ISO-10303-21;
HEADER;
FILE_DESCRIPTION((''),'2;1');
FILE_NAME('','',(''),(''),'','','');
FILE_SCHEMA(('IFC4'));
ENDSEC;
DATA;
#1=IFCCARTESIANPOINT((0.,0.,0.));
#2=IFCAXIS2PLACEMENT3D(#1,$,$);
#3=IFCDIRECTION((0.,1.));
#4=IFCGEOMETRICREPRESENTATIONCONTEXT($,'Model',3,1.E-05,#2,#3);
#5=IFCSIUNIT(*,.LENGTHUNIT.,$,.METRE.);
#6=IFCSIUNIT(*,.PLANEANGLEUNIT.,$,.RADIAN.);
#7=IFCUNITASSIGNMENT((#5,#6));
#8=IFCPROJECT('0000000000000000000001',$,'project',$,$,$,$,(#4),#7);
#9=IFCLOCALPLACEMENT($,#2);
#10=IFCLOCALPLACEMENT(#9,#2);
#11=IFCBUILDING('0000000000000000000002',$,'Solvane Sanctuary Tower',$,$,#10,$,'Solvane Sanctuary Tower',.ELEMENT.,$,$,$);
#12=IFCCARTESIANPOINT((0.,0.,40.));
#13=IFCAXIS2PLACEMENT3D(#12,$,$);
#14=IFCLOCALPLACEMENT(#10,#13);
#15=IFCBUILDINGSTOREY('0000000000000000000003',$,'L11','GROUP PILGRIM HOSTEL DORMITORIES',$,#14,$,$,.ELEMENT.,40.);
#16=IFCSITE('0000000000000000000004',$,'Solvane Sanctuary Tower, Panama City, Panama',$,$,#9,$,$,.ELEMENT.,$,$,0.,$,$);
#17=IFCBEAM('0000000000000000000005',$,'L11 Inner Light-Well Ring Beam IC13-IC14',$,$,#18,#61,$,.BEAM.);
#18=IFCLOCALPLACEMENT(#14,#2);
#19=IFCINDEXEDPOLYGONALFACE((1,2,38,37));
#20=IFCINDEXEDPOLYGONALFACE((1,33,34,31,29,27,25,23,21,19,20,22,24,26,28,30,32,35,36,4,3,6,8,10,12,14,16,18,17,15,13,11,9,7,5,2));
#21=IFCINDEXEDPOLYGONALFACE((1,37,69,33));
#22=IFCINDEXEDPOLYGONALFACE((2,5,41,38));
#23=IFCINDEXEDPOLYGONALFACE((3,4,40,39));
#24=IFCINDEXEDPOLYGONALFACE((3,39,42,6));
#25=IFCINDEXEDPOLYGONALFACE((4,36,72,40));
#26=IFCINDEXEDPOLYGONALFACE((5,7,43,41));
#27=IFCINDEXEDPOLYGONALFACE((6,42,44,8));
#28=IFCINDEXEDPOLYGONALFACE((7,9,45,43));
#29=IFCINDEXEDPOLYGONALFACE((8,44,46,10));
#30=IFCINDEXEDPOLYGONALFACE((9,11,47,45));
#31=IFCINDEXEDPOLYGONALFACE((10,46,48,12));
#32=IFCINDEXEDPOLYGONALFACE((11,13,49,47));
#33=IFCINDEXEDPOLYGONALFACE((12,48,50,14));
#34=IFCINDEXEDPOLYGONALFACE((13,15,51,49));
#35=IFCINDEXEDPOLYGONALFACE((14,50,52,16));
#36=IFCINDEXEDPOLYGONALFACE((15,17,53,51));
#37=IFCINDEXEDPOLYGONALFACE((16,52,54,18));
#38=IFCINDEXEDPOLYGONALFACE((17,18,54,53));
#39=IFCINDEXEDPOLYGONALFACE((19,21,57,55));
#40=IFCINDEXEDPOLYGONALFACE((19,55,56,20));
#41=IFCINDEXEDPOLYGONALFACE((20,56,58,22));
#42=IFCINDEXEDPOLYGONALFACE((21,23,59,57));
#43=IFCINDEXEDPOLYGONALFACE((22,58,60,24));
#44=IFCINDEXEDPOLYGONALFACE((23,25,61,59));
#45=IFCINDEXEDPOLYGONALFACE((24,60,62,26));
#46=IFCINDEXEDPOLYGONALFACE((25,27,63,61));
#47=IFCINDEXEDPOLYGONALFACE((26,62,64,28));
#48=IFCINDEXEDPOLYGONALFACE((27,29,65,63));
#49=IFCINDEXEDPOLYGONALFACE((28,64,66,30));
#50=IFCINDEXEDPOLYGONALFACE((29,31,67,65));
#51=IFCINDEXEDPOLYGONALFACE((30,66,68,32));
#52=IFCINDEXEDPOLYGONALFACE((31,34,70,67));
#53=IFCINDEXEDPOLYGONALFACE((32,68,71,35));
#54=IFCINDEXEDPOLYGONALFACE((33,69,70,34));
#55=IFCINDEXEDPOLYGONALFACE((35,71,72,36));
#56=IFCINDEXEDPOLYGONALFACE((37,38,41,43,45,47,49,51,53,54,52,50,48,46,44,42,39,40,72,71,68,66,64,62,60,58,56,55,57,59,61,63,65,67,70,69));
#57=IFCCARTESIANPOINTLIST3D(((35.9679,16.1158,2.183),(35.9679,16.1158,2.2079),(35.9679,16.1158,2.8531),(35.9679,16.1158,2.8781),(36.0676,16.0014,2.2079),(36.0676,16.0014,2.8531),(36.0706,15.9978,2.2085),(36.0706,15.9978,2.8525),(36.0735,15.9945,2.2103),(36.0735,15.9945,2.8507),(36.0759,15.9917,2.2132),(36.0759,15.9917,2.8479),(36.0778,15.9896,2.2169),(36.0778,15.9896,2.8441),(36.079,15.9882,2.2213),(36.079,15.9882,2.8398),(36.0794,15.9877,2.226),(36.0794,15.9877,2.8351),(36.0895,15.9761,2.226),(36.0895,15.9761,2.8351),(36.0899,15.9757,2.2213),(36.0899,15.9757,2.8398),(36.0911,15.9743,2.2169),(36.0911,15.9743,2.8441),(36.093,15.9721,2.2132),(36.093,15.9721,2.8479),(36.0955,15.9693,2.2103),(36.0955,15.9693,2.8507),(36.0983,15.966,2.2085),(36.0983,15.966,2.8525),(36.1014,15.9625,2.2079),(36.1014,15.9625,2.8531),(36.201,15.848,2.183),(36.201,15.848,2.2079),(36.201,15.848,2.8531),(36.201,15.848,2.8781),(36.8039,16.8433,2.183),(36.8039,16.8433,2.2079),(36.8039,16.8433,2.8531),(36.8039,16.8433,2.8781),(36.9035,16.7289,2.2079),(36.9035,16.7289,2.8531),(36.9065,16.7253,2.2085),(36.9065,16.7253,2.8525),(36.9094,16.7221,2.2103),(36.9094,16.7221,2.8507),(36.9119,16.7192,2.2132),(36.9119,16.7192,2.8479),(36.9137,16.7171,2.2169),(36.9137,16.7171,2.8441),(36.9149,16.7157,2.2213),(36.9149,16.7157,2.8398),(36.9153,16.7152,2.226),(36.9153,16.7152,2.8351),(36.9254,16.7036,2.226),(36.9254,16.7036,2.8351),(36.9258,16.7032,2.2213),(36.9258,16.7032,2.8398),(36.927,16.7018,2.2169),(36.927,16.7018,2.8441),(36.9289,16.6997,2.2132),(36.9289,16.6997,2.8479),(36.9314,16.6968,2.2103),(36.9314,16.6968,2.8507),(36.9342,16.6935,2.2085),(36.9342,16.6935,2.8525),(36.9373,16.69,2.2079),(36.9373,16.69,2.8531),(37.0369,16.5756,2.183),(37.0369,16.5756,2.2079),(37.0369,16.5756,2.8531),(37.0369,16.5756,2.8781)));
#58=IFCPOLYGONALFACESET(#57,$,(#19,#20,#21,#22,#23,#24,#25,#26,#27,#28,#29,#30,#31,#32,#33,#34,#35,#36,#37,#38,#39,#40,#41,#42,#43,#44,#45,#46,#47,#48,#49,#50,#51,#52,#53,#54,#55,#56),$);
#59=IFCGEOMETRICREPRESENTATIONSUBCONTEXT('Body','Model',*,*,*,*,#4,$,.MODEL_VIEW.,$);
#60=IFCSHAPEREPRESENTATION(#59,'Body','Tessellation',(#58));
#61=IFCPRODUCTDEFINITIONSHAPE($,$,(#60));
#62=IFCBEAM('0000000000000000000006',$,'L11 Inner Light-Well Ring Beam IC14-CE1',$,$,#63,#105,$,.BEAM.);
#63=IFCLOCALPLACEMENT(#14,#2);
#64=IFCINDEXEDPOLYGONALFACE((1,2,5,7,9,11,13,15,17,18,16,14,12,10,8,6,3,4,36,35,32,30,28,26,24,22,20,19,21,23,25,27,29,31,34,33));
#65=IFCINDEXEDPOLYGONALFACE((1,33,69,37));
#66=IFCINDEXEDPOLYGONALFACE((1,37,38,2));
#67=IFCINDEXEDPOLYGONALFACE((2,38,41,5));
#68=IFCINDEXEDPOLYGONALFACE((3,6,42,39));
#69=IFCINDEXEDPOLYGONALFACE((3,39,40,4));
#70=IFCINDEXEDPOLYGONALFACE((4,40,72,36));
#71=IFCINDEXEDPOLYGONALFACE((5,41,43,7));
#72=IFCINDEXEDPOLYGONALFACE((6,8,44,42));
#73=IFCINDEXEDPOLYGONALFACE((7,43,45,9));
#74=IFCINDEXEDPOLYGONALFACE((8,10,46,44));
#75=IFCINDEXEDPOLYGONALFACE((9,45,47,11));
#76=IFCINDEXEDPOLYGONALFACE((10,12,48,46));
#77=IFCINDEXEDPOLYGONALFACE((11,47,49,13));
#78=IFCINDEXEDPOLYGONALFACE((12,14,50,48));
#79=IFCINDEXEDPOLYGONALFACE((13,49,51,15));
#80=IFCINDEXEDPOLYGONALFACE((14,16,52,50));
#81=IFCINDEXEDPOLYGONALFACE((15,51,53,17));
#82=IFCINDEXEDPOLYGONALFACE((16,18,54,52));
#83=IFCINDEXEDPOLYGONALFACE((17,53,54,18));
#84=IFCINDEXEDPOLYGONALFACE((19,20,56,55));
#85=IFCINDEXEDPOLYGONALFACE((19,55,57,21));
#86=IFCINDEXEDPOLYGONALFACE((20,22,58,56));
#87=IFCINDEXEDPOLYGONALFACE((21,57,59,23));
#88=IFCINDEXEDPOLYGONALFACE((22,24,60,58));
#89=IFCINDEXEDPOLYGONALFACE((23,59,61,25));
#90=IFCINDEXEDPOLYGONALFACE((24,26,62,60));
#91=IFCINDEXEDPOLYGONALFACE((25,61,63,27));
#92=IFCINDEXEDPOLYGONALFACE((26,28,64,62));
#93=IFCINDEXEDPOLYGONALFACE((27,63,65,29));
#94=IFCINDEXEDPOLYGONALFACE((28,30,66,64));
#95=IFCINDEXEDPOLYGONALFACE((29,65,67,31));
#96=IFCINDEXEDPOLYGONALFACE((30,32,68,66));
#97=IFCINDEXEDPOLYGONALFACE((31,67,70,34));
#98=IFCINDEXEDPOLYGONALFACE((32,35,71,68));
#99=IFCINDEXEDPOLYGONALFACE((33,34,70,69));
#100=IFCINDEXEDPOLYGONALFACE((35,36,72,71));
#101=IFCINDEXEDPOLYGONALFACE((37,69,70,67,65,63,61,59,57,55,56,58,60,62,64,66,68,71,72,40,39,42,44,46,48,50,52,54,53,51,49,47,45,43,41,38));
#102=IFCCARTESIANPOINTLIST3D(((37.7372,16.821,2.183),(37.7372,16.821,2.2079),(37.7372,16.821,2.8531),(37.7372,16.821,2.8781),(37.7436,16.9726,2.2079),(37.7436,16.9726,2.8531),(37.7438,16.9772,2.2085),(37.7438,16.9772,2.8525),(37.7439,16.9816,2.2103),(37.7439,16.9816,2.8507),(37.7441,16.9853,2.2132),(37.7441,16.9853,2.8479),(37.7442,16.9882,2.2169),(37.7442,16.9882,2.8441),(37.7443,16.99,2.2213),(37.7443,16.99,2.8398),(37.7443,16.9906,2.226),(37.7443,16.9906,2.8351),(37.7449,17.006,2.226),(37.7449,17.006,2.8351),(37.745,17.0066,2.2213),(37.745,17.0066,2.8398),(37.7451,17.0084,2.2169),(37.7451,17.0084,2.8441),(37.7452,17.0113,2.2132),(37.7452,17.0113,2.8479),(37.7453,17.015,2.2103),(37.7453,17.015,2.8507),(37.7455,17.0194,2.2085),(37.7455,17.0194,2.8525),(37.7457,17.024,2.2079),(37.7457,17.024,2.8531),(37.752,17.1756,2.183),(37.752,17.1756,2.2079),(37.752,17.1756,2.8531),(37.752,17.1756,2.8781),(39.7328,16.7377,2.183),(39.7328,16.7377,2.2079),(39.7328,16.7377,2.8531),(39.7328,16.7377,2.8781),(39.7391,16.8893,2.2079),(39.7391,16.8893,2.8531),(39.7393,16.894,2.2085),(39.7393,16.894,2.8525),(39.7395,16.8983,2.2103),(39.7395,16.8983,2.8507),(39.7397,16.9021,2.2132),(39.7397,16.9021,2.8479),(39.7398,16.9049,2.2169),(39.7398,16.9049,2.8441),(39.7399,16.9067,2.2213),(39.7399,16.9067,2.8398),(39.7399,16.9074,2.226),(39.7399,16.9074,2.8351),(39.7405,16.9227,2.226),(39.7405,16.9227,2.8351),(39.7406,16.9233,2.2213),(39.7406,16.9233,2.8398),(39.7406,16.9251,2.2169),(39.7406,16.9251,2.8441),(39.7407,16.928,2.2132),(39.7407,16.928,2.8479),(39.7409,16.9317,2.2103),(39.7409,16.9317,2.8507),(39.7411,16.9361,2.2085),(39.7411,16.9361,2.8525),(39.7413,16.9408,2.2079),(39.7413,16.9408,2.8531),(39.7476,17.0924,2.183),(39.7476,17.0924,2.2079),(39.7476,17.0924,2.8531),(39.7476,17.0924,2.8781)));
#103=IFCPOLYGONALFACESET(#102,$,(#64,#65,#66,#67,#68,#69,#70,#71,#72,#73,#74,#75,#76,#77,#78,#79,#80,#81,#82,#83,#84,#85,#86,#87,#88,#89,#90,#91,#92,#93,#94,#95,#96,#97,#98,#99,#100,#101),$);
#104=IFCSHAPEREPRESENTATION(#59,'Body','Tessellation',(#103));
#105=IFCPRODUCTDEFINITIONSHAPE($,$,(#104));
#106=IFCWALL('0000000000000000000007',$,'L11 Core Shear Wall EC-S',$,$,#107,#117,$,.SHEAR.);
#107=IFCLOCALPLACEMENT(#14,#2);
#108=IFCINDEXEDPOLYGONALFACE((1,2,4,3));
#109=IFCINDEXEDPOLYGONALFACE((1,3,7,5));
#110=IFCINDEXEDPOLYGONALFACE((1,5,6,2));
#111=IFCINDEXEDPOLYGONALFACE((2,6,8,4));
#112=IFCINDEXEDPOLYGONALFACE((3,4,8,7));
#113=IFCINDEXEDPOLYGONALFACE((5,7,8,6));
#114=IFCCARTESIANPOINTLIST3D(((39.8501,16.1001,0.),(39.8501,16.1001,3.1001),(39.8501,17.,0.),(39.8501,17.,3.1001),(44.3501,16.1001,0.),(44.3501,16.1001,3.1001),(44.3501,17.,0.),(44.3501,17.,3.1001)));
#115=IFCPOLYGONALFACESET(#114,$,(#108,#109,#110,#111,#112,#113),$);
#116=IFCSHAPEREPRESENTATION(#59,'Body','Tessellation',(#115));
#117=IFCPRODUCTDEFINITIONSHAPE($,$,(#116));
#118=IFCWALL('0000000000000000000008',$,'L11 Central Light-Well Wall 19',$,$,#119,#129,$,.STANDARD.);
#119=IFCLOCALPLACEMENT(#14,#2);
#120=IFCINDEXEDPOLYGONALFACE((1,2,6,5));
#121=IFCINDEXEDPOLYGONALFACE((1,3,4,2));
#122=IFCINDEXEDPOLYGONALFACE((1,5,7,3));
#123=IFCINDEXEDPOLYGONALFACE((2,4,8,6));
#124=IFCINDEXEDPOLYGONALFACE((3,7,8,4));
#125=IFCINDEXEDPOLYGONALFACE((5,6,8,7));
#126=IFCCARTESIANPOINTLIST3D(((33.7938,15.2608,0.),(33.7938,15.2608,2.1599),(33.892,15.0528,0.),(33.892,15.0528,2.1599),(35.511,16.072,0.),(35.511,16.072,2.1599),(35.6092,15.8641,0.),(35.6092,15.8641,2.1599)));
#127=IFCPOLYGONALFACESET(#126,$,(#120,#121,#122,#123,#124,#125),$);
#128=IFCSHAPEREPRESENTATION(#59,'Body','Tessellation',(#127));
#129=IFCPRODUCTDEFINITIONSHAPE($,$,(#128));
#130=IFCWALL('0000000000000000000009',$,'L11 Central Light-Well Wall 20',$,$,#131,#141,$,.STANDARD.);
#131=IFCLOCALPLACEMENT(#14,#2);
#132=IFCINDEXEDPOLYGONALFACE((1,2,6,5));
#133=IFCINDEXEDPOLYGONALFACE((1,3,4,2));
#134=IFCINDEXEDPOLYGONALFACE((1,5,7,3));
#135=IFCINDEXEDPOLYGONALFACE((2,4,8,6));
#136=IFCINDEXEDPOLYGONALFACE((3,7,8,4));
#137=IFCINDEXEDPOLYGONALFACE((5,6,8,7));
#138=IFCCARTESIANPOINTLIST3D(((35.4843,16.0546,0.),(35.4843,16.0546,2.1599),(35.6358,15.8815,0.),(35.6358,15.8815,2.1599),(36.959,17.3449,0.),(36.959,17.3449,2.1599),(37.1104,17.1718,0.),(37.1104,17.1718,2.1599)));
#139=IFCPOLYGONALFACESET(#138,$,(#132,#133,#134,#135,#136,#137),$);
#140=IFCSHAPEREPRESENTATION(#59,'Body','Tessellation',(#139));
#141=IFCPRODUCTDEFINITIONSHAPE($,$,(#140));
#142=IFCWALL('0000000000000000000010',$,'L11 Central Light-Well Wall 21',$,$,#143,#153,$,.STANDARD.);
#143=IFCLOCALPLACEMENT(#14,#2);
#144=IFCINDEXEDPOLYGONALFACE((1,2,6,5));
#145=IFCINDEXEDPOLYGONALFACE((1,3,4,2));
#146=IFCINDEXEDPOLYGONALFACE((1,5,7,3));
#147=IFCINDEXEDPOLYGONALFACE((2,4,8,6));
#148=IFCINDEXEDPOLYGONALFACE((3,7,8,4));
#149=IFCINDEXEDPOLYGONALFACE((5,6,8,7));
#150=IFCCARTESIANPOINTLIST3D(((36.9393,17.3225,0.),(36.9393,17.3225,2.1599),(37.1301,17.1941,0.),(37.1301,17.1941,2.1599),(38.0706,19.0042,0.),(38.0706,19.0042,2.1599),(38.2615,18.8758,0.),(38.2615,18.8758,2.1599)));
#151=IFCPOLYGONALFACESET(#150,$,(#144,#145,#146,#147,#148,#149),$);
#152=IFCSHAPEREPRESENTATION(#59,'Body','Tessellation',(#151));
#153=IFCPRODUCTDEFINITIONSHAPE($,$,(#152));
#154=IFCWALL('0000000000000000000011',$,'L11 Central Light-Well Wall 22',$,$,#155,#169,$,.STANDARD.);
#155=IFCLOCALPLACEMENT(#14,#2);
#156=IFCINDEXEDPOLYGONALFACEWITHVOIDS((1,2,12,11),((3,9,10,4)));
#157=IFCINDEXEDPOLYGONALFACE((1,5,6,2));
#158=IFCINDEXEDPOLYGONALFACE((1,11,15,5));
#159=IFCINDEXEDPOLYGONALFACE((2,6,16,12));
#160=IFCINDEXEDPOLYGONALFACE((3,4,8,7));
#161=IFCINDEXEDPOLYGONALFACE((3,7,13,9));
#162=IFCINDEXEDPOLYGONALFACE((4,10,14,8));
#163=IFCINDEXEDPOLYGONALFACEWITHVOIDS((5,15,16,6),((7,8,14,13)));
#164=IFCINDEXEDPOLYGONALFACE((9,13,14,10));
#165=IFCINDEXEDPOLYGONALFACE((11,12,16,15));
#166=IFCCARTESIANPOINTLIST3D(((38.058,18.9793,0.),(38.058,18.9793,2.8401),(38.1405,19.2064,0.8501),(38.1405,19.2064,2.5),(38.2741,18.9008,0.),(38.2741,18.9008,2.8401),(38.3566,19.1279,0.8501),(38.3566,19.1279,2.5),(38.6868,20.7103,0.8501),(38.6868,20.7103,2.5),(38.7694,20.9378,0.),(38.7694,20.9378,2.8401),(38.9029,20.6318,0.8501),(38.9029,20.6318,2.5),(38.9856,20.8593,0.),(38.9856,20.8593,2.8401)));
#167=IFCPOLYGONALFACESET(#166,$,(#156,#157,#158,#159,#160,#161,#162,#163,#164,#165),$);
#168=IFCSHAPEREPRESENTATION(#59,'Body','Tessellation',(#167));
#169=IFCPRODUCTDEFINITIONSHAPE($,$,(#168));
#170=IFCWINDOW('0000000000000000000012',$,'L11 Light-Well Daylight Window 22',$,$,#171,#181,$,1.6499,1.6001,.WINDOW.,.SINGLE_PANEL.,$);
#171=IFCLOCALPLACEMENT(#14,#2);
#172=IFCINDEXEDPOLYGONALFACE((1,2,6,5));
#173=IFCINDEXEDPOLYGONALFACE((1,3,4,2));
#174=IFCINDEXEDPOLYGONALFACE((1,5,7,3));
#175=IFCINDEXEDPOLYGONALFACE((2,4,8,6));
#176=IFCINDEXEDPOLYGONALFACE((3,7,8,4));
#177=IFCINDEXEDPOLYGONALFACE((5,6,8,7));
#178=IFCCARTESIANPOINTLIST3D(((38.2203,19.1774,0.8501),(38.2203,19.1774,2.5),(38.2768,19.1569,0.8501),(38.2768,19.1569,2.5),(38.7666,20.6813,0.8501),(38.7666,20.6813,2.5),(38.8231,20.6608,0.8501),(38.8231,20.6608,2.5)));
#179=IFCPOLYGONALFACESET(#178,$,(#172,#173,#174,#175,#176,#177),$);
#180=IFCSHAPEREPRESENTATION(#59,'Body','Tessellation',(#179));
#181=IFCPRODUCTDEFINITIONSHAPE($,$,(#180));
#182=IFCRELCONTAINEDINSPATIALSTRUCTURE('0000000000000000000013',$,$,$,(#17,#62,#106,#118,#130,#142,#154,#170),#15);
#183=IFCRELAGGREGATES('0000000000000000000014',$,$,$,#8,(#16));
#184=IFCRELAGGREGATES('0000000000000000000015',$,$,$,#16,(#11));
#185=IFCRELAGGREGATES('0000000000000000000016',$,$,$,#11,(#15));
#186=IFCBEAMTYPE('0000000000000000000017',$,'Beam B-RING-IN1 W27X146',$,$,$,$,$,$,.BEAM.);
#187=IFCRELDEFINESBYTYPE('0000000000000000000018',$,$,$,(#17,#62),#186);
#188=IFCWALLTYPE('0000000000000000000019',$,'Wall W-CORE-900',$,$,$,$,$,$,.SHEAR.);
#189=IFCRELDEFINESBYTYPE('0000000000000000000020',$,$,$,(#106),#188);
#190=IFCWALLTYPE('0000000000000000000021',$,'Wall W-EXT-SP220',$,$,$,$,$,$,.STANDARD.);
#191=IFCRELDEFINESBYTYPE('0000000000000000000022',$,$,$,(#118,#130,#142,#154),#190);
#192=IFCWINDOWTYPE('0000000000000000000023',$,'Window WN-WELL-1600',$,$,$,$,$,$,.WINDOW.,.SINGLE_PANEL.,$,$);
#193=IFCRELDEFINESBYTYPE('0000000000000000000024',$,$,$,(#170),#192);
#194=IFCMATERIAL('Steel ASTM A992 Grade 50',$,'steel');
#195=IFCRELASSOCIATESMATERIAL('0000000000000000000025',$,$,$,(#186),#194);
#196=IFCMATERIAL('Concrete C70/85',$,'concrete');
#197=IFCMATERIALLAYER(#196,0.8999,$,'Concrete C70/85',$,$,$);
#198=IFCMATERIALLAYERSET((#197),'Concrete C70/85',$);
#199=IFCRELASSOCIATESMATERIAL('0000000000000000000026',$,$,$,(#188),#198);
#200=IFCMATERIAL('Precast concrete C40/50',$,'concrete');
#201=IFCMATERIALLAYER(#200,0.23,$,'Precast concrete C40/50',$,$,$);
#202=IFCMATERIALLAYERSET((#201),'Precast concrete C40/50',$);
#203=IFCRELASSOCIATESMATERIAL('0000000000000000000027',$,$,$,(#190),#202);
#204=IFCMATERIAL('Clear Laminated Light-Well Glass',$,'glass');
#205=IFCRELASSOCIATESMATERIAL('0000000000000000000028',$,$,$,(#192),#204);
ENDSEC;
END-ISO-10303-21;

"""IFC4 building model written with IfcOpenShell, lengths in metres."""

from ifc_helpers import new_model, si_unit, direction, frame, frame_2d, origin, origin_2d, place, context, subcontext, project, spatial, rectangle, i_section, extrude, material, layer, layer_set, material_profile, profile_set, type_object, element, fill, save


model = new_model("IFC4")

# Units and contexts
model_context = context("Model", 3, precision=1e-05, world=origin(), true_north=direction((0.0, 1.0)))
body_context = subcontext(model_context, "Body", "Model", "MODEL_VIEW")
ifc_project = project(units=[si_unit("LENGTHUNIT", "METRE"), si_unit("PLANEANGLEUNIT", "RADIAN")], contexts=[model_context])

# Site, building, storey
site_placement = place(None, origin())
site = spatial("IfcSite", under=ifc_project, at=site_placement, Name="Solvane Sanctuary Tower, Panama City, Panama", CompositionType="ELEMENT", RefElevation=0.0)
building_placement = place(site_placement, origin())
building = spatial("IfcBuilding", under=site, at=building_placement, Name="Solvane Sanctuary Tower", LongName="Solvane Sanctuary Tower", CompositionType="ELEMENT")
storey_placement = place(building_placement, frame((0.0, 0.0, 40.0)))
storey = spatial("IfcBuildingStorey", under=building, at=storey_placement, Name="L11", Description="GROUP PILGRIM HOSTEL DORMITORIES", CompositionType="ELEMENT", Elevation=40.0)

# Shared definitions
ifc_material_1 = material(Name="Concrete C70/85", Category="concrete")

# Beams
ifc_material_2 = material(Name="Steel ASTM A992 Grade 50", Category="steel")
ifc_material_profile_1 = material_profile(ifc_material_2, i_section(OverallWidth=0.355, OverallDepth=0.6951, WebThickness=0.0154, FlangeThickness=0.0249, FilletRadius=0.0181, at=origin_2d()), Name="W27X146")
ifc_profile_set_1 = profile_set([ifc_material_profile_1], Name="Steel ASTM A992 Grade 50")
beam_type_1 = type_object("IfcBeamType", Name="Beam B-RING-IN1 W27X146", PredefinedType="BEAM", material=ifc_profile_set_1)
beam_1_placement = place(storey_placement, frame((36.0845, 15.9819, 2.5305), z_axis=(0.754321, 0.656506, 0.0), x_axis=(-0.656506, 0.754321, 0.0)))
element("IfcBeam", 1, at=beam_1_placement, inside=storey, type_object=beam_type_1, Name="L11 Inner Light-Well Ring Beam IC13-IC14", PredefinedType="BEAM", context=body_context, shape_type="SweptSolid", body=[
    extrude(i_section(OverallWidth=0.355, OverallDepth=0.6951, WebThickness=0.0154, FlangeThickness=0.0249, FilletRadius=0.0181, at=origin_2d()), origin(), (0.0, 0.0, 1.0), 1.1082),
])
beam_2_placement = place(storey_placement, frame((37.7446, 16.9983, 2.5305), z_axis=(0.999131, -0.041681, 0.0), x_axis=(0.041681, 0.999131, 0.0)))
element("IfcBeam", 2, at=beam_2_placement, inside=storey, type_object=beam_type_1, Name="L11 Inner Light-Well Ring Beam IC14-CE1", PredefinedType="BEAM", context=body_context, shape_type="SweptSolid", body=[
    extrude(i_section(OverallWidth=0.355, OverallDepth=0.6951, WebThickness=0.0154, FlangeThickness=0.0249, FilletRadius=0.0181, at=origin_2d()), origin(), (0.0, 0.0, 1.0), 1.9973),
])

# Walls
ifc_layer_1 = layer(ifc_material_1, 0.8999, Name="Concrete C70/85")
ifc_layer_set_1 = layer_set([ifc_layer_1], Name="Concrete C70/85")
wall_type_1 = type_object("IfcWallType", Name="Wall W-CORE-900", PredefinedType="SHEAR", material=ifc_layer_set_1)
wall_1_placement = place(storey_placement, frame((39.8501, 16.55, 0.0), z_axis=(0.0, 0.0, 1.0), x_axis=(1.0, 0.0, 0.0)))
element("IfcWall", 3, at=wall_1_placement, inside=storey, type_object=wall_type_1, Name="L11 Core Shear Wall EC-S", PredefinedType="SHEAR", context=body_context, shape_type="SweptSolid", body=[
    extrude(rectangle(XDim=4.5, YDim=0.8999, at=frame_2d((2.25, 0.0))), origin(), (0.0, 0.0, 1.0), 3.1001),
])
ifc_material_3 = material(Name="Precast concrete C40/50", Category="concrete")
ifc_layer_2 = layer(ifc_material_3, 0.23, Name="Precast concrete C40/50")
ifc_layer_set_2 = layer_set([ifc_layer_2], Name="Precast concrete C40/50")
wall_type_2 = type_object("IfcWallType", Name="Wall W-EXT-SP220", PredefinedType="STANDARD", material=ifc_layer_set_2)
wall_2_placement = place(storey_placement, frame((33.8428, 15.1567, 0.0), z_axis=(0.0, 0.0, 1.0), x_axis=(0.90418, 0.427152, 0.0)))
element("IfcWall", 4, at=wall_2_placement, inside=storey, type_object=wall_type_2, Name="L11 Central Light-Well Wall 19", PredefinedType="STANDARD", context=body_context, shape_type="SweptSolid", body=[
    extrude(rectangle(XDim=1.8992, YDim=0.23, at=frame_2d((0.9497, 0.0))), origin(), (0.0, 0.0, 1.0), 2.1599),
])
wall_3_placement = place(storey_placement, frame((35.5601, 15.968, 0.0), z_axis=(0.0, 0.0, 1.0), x_axis=(0.752577, 0.658505, 0.0)))
element("IfcWall", 5, at=wall_3_placement, inside=storey, type_object=wall_type_2, Name="L11 Central Light-Well Wall 20", PredefinedType="STANDARD", context=body_context, shape_type="SweptSolid", body=[
    extrude(rectangle(XDim=1.9595, YDim=0.23, at=frame_2d((0.9797, 0.0))), origin(), (0.0, 0.0, 1.0), 2.1599),
])
wall_4_placement = place(storey_placement, frame((37.0347, 17.2583, 0.0), z_axis=(0.0, 0.0, 1.0), x_axis=(0.558198, 0.829708, 0.0)))
element("IfcWall", 6, at=wall_4_placement, inside=storey, type_object=wall_type_2, Name="L11 Central Light-Well Wall 21", PredefinedType="STANDARD", context=body_context, shape_type="SweptSolid", body=[
    extrude(rectangle(XDim=2.0269, YDim=0.23, at=frame_2d((1.0134, 0.0))), origin(), (0.0, 0.0, 1.0), 2.1599),
])

# Wall, opening, window
wall_5_placement = place(storey_placement, frame((38.166, 18.9399, 0.0), z_axis=(0.0, 0.0, 1.0), x_axis=(0.341423, 0.93991, 0.0)))
wall_5 = element("IfcWall", 7, at=wall_5_placement, inside=storey, type_object=wall_type_2, Name="L11 Central Light-Well Wall 22", PredefinedType="STANDARD", context=body_context, shape_type="SweptSolid", body=[
    extrude(rectangle(XDim=2.0837, YDim=0.23, at=frame_2d((1.042, 0.0))), origin(), (0.0, 0.0, 1.0), 2.8401),
])
opening_1_placement = place(wall_5_placement, frame((0.2417, 0.0, 0.8501)))
opening_1 = element("IfcOpeningElement", 8, at=opening_1_placement, cuts=wall_5, PredefinedType="OPENING", context=body_context, shape_type="SweptSolid", body=[
    extrude(rectangle(XDim=1.6001, YDim=1.6499, at=frame_2d((0.8, 0.825))), frame((0.0, 0.125, 0.0), z_axis=(0.0, -1.0, 0.0), x_axis=(1.0, 0.0, 0.0)), (0.0, 0.0, 1.0), 0.25),
])
ifc_material_4 = material(Name="Clear Laminated Light-Well Glass", Category="glass")
window_type = type_object("IfcWindowType", Name="Window WN-WELL-1600", PartitioningType="SINGLE_PANEL", PredefinedType="WINDOW", material=ifc_material_4)
window_placement = place(opening_1_placement, origin())
window = element("IfcWindow", 9, at=window_placement, inside=storey, type_object=window_type, Name="L11 Light-Well Daylight Window 22", OverallHeight=1.6499, OverallWidth=1.6001, PartitioningType="SINGLE_PANEL", PredefinedType="WINDOW", context=body_context, shape_type="SweptSolid", body=[
    extrude(rectangle(XDim=1.6001, YDim=1.6499, at=frame_2d((0.8, 0.825))), frame((0.0, 0.03, 0.0), z_axis=(0.0, -1.0, 0.0), x_axis=(1.0, 0.0, 0.0)), (0.0, 0.0, 1.0), 0.0601),
])
fill(opening_1, window)

save(model, "model.ifc")
